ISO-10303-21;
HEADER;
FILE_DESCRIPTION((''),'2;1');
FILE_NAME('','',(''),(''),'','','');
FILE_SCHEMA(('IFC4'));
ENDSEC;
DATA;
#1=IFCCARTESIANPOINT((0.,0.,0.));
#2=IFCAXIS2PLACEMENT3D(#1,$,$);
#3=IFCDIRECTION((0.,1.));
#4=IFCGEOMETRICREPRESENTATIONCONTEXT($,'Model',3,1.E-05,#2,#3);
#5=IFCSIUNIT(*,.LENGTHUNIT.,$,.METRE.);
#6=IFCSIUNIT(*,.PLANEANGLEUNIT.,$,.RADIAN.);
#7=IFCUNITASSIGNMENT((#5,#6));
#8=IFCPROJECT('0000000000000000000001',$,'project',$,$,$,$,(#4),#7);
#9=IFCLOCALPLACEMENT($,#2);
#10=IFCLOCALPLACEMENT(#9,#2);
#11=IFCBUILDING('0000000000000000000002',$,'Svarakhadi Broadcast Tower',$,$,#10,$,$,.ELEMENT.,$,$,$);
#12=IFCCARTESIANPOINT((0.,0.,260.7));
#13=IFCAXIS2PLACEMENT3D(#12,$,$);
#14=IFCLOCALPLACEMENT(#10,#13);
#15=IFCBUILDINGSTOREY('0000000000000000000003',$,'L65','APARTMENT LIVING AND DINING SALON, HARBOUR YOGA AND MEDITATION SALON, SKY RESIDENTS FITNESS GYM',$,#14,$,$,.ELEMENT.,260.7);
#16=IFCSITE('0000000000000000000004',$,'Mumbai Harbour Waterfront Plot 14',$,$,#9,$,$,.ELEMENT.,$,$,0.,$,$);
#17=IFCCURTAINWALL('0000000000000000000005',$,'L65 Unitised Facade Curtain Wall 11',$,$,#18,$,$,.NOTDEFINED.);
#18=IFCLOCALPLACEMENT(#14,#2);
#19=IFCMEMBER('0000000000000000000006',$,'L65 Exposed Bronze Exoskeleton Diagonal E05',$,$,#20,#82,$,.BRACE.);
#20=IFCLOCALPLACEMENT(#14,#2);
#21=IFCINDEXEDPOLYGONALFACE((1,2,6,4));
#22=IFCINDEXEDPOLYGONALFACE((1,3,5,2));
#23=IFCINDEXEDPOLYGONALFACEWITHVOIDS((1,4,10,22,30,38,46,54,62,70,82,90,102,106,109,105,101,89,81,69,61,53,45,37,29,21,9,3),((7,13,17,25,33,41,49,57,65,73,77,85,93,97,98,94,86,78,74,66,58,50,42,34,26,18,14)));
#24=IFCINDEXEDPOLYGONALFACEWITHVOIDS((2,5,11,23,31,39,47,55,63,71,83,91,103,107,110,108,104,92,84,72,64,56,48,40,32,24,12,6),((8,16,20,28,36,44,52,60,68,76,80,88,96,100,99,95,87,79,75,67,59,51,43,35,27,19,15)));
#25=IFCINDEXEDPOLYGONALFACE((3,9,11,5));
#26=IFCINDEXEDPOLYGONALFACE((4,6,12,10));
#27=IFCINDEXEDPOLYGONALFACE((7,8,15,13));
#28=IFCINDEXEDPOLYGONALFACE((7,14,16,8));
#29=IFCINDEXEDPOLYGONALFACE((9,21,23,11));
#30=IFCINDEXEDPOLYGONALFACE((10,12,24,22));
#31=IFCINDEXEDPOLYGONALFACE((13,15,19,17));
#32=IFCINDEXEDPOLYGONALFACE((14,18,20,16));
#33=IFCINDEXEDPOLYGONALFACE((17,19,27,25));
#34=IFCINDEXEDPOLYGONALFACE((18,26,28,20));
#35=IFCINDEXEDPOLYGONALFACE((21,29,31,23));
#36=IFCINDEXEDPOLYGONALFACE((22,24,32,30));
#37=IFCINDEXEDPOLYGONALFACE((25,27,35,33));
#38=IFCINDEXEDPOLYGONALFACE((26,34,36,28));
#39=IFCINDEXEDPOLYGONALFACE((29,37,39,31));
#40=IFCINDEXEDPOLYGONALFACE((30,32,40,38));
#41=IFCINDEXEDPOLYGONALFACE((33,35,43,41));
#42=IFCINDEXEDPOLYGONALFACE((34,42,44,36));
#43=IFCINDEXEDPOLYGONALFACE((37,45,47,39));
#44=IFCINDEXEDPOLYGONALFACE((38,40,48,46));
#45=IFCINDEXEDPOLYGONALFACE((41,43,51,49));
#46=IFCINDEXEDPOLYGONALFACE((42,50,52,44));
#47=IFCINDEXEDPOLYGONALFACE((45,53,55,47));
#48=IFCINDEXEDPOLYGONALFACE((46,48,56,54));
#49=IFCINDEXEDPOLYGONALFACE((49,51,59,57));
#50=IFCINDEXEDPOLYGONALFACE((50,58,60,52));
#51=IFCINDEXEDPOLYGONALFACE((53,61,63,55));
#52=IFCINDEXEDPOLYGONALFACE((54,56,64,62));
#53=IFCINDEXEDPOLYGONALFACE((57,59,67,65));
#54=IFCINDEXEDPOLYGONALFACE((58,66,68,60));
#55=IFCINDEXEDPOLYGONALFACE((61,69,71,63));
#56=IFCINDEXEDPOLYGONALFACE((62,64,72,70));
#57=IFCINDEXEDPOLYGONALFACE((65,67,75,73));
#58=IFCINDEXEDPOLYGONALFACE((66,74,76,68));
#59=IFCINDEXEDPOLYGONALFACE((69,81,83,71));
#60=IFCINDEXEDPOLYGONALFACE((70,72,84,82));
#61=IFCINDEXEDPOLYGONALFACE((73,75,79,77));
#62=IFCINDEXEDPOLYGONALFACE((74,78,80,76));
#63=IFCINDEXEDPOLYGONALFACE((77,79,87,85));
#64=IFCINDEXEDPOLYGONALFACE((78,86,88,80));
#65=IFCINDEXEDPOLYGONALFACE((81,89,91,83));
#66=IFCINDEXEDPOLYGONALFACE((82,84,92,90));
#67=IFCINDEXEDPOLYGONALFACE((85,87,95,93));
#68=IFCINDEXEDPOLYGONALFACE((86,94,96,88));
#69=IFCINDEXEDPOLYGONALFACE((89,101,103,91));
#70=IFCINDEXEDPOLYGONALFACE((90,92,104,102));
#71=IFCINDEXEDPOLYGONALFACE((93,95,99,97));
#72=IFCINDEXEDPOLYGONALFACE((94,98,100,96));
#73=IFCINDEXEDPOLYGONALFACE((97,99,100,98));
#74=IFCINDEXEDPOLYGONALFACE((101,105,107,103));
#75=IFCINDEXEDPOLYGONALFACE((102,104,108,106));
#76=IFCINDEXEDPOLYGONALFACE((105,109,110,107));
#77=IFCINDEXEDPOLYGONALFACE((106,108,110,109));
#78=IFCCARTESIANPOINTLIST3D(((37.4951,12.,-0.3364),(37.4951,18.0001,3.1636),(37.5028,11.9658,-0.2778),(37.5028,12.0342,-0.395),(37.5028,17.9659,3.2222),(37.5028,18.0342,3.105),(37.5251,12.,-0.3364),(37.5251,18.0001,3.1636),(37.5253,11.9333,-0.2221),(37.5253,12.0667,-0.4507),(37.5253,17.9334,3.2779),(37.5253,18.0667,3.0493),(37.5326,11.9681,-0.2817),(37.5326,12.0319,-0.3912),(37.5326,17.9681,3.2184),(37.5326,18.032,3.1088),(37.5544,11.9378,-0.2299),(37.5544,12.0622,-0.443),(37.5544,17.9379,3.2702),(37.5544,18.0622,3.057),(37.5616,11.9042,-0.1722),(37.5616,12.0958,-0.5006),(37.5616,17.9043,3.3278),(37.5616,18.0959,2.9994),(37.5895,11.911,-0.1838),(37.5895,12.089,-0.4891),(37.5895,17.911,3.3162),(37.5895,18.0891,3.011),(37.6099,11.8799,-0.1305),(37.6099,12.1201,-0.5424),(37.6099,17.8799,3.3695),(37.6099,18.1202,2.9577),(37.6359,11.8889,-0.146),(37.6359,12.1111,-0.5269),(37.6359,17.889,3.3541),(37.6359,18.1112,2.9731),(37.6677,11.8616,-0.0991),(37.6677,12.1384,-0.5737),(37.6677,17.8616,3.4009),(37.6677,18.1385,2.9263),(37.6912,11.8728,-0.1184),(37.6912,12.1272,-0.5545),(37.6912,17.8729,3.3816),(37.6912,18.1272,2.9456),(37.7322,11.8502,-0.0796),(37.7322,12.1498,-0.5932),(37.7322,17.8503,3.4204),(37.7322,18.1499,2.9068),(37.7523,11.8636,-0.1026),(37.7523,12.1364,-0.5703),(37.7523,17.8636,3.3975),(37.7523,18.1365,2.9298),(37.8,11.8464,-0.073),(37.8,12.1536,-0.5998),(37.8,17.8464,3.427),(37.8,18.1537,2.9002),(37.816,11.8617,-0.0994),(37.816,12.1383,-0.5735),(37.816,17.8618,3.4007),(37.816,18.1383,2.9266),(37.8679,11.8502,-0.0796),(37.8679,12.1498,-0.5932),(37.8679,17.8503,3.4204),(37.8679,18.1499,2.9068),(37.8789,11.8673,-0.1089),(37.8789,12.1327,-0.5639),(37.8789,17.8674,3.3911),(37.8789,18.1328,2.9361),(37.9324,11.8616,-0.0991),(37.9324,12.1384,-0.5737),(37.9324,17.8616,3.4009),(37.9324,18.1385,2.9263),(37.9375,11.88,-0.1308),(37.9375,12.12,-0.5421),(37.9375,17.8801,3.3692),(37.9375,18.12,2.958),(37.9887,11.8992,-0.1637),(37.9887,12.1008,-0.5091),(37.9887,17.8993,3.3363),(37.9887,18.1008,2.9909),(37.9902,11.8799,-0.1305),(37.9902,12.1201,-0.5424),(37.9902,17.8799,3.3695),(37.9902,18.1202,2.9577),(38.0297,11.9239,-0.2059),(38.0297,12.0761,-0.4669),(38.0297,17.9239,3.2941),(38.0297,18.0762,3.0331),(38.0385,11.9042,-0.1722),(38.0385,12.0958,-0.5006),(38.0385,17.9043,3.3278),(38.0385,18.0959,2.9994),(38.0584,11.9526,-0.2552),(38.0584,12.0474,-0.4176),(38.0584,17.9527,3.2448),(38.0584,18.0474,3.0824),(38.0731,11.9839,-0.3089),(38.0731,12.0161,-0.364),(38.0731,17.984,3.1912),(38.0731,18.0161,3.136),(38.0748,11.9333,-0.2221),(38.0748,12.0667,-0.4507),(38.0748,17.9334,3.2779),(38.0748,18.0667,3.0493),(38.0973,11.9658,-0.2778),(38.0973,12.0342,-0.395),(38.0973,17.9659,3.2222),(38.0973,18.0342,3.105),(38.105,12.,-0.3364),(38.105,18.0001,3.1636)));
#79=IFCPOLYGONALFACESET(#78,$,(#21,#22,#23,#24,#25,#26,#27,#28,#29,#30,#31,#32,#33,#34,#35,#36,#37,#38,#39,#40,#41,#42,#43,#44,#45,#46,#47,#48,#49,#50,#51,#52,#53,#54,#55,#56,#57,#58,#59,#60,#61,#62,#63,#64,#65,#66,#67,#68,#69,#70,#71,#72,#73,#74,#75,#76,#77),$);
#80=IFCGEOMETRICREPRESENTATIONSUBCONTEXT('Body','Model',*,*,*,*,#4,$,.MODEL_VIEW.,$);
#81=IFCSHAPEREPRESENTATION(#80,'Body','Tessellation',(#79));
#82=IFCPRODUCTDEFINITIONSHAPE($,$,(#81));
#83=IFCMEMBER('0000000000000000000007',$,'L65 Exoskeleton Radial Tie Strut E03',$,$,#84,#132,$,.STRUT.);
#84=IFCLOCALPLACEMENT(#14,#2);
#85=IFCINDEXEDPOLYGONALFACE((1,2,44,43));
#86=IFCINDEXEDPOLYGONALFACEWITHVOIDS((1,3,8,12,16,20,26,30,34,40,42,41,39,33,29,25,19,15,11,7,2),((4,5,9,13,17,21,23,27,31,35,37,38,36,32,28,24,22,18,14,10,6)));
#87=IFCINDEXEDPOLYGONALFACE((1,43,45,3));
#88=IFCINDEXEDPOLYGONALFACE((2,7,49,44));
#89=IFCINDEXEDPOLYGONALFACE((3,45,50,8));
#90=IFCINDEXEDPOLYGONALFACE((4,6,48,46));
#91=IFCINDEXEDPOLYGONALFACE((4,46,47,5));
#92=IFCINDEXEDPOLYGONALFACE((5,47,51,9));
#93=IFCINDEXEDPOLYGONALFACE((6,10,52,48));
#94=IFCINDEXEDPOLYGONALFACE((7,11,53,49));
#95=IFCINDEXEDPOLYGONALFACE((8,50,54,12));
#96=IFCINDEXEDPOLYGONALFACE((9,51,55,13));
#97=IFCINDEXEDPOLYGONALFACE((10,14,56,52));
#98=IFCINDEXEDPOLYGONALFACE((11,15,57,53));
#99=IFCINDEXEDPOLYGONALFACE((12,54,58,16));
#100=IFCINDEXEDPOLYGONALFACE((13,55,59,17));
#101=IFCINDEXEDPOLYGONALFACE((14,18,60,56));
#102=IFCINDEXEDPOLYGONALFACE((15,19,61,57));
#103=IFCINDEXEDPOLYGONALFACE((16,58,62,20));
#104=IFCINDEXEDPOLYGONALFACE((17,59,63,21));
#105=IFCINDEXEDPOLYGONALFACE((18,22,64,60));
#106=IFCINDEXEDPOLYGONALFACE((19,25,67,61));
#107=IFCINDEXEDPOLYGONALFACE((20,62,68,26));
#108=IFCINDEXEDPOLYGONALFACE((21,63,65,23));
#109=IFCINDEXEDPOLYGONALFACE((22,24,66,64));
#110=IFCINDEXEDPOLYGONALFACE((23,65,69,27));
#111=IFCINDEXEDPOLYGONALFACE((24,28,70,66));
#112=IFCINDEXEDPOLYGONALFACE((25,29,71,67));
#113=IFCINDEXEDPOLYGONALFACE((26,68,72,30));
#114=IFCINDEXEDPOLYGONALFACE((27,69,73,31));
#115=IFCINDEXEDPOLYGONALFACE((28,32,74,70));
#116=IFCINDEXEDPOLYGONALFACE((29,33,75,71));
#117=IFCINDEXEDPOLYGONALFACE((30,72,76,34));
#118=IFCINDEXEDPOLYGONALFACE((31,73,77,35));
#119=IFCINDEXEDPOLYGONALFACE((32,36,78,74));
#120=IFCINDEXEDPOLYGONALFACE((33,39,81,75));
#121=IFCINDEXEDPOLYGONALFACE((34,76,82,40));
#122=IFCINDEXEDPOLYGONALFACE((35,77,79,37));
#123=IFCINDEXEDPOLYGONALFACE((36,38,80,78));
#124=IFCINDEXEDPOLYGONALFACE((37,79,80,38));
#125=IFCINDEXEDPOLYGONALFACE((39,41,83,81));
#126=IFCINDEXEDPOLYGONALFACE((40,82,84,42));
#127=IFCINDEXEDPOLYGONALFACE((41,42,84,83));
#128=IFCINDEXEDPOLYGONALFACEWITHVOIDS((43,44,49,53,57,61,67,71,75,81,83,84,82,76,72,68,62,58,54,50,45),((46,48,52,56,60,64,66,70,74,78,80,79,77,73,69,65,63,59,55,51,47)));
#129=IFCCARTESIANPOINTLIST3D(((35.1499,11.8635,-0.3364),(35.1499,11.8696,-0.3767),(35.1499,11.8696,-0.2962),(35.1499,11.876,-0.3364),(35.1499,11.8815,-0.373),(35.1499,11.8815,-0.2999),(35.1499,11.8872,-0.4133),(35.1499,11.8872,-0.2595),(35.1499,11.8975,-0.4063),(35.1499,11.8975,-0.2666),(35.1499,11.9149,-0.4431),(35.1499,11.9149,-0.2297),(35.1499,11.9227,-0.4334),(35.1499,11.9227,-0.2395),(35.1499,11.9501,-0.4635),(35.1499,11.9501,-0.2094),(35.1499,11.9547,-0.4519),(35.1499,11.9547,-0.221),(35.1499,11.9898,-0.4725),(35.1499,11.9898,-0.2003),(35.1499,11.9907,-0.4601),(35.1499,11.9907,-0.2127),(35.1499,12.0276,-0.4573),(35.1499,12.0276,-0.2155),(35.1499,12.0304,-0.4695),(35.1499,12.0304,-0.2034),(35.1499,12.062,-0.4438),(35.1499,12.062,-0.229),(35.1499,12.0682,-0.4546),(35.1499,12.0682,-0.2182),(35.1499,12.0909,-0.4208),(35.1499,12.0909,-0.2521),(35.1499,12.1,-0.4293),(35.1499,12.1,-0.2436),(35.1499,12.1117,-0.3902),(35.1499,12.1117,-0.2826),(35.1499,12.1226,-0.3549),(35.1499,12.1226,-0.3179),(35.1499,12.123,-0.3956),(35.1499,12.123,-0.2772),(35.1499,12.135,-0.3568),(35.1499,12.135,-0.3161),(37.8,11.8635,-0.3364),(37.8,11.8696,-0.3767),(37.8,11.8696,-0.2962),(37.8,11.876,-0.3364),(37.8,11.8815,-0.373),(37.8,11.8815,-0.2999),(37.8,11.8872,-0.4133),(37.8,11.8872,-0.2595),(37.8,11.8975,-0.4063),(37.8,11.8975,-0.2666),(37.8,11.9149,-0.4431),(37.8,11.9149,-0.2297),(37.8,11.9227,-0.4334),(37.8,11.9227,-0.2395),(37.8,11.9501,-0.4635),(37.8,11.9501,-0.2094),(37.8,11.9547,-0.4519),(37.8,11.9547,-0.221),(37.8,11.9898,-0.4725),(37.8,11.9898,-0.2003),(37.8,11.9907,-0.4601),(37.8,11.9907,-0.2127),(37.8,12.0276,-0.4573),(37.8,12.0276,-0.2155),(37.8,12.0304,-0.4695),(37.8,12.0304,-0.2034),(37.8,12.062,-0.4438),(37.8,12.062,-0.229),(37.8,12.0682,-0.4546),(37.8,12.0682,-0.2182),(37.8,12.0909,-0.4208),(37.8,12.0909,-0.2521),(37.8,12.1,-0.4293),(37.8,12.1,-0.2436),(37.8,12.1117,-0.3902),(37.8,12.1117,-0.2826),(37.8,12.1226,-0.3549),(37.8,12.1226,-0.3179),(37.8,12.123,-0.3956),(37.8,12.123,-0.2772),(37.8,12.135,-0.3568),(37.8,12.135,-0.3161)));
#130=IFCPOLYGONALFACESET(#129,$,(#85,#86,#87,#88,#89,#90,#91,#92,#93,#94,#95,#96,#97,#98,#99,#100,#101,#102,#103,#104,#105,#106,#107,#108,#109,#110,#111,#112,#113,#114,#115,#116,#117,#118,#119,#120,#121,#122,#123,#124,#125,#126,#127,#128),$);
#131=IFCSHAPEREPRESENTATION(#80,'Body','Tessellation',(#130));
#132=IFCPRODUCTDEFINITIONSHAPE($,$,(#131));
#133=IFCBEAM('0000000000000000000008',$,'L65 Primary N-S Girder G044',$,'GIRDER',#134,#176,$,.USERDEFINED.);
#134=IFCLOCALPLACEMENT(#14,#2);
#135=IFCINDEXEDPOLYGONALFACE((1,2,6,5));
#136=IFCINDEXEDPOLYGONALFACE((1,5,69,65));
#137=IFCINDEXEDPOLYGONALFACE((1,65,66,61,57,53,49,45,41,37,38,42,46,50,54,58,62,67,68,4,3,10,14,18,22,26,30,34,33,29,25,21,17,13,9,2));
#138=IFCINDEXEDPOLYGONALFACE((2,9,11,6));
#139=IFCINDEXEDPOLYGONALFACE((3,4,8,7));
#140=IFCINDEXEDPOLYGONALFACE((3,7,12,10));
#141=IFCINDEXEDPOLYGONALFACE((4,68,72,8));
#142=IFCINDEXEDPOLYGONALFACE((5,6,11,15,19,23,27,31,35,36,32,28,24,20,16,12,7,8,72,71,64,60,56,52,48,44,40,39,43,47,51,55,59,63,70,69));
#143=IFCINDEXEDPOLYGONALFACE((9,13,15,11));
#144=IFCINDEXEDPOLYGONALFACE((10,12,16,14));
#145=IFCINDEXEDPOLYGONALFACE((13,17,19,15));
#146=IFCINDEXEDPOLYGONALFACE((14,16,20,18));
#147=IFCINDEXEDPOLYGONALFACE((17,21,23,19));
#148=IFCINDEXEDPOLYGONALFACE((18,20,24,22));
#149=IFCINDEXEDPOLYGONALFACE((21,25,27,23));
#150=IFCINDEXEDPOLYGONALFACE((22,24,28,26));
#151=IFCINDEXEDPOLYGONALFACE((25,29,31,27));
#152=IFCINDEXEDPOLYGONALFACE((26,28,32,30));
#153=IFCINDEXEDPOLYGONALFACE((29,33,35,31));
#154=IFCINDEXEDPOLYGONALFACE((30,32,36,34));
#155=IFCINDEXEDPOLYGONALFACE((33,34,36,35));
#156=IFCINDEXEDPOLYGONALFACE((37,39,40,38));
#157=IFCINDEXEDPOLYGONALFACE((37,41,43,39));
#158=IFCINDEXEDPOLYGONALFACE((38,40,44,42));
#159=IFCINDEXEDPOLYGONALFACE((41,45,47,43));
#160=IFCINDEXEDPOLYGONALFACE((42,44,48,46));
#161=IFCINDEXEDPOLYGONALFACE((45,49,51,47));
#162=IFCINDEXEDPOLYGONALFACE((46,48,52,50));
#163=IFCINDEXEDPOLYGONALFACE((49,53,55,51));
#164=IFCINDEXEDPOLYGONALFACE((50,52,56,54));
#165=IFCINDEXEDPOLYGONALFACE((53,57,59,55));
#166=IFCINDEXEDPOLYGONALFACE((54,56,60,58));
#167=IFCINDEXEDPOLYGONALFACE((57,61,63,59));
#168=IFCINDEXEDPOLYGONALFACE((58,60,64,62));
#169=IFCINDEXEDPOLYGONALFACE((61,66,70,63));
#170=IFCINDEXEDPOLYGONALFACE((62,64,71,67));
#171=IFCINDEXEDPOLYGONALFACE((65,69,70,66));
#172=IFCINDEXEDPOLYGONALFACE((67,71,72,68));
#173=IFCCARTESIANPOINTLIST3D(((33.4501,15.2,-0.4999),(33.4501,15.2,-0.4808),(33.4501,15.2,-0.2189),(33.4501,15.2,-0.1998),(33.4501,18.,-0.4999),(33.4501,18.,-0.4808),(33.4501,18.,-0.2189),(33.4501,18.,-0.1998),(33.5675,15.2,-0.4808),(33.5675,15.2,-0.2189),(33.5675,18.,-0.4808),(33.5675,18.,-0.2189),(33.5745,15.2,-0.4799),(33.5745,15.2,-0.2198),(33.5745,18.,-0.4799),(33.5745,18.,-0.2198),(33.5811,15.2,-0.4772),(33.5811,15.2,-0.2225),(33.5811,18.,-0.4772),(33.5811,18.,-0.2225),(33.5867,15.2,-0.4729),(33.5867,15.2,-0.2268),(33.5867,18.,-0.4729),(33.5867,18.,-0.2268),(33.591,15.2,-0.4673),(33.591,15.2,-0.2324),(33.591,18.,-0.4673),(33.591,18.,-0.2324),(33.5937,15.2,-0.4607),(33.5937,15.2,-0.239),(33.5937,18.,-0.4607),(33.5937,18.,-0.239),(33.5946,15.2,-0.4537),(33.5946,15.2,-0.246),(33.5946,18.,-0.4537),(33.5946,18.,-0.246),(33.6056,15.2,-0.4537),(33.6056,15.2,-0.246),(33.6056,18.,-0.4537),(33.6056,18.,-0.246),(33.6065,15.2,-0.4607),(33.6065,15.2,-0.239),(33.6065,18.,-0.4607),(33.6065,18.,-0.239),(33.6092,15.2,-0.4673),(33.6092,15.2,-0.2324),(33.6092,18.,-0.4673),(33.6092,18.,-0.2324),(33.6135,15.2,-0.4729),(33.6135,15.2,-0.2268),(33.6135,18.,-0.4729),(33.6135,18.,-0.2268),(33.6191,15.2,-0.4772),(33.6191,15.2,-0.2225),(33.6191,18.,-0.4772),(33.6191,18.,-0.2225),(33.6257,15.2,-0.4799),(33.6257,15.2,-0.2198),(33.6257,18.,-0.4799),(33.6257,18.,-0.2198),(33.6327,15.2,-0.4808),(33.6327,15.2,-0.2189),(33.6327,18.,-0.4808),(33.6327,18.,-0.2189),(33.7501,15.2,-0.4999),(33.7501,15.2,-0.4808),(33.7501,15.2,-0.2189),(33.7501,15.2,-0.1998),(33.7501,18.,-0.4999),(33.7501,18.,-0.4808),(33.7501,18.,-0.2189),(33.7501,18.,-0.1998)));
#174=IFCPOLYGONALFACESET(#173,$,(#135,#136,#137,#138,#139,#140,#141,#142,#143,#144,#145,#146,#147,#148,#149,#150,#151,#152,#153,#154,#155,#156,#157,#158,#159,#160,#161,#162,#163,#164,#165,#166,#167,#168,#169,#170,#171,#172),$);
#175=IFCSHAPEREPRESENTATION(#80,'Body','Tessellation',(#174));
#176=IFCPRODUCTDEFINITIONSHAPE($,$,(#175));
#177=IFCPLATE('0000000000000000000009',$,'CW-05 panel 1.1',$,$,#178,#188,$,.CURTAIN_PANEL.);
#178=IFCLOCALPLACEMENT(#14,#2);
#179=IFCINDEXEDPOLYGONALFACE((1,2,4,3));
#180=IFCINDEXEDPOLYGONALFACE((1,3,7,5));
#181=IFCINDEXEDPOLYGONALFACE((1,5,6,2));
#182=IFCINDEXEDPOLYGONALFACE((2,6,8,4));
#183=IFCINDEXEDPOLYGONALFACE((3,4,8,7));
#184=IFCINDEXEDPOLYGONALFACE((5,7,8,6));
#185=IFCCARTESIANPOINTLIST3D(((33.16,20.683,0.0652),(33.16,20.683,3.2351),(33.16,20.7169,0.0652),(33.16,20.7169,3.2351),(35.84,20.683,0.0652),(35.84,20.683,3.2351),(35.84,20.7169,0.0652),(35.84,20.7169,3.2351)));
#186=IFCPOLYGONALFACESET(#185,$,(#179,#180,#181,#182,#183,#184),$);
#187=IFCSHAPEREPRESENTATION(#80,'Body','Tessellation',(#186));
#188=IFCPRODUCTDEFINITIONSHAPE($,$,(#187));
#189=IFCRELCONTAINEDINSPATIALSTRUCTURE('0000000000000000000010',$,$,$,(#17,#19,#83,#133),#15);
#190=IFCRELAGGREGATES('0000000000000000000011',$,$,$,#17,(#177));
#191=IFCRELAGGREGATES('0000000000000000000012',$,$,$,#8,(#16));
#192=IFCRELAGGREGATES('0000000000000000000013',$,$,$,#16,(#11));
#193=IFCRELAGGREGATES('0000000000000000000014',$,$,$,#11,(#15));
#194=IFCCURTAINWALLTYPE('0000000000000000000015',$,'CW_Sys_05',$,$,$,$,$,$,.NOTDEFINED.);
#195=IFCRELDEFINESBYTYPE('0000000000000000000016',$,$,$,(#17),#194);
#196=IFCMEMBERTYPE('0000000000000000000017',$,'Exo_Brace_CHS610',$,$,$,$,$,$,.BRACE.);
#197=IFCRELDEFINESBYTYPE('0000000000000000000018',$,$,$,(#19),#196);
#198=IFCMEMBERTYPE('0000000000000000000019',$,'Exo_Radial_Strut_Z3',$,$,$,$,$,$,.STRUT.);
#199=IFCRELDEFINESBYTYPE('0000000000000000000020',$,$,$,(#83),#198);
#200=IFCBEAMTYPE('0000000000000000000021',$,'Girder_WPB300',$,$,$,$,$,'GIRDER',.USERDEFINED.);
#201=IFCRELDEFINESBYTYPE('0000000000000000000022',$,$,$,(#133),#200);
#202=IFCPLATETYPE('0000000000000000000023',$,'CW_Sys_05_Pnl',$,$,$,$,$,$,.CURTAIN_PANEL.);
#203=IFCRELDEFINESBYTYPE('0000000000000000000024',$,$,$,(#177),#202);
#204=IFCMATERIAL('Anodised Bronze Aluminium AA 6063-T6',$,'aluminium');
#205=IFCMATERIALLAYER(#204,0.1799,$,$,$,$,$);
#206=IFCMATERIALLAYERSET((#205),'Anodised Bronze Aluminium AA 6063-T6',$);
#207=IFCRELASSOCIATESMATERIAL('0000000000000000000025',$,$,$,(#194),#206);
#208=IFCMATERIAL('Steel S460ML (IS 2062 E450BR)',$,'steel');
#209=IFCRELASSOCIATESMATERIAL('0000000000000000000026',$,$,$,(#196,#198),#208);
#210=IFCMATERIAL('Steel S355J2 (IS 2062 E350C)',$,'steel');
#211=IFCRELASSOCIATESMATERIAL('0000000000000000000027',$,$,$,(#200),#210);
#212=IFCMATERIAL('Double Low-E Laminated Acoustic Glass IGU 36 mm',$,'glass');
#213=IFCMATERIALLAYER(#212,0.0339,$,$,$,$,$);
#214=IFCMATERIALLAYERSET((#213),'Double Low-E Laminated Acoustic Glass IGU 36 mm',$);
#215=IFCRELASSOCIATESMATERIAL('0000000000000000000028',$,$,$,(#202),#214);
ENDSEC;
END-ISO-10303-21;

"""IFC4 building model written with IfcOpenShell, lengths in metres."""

from ifc_helpers import new_model, si_unit, direction, frame, origin, origin_2d, place, context, subcontext, project, spatial, rectangle, hollow_circle, i_section, extrude, material, layer, layer_set, material_profile, profile_set, type_object, element, aggregate, save


model = new_model("IFC4")

# Units and contexts
model_context = context("Model", 3, precision=1e-05, world=origin(), true_north=direction((0.0, 1.0)))
body_context = subcontext(model_context, "Body", "Model", "MODEL_VIEW")
ifc_project = project(units=[si_unit("LENGTHUNIT", "METRE"), si_unit("PLANEANGLEUNIT", "RADIAN")], contexts=[model_context])

# Site, building, storey
site_placement = place(None, origin())
site = spatial("IfcSite", under=ifc_project, at=site_placement, Name="Mumbai Harbour Waterfront Plot 14", CompositionType="ELEMENT", RefElevation=0.0)
building_placement = place(site_placement, origin())
building = spatial("IfcBuilding", under=site, at=building_placement, Name="Svarakhadi Broadcast Tower", CompositionType="ELEMENT")
storey_placement = place(building_placement, frame((0.0, 0.0, 260.7)))
storey = spatial("IfcBuildingStorey", under=building, at=storey_placement, Name="L65", Description="APARTMENT LIVING AND DINING SALON, HARBOUR YOGA AND MEDITATION SALON, SKY RESIDENTS FITNESS GYM", CompositionType="ELEMENT", Elevation=260.7)

# Shared definitions
ifc_material_1 = material(Name="Steel S460ML (IS 2062 E450BR)", Category="steel")

# Curtain wall
ifc_material_2 = material(Name="Anodised Bronze Aluminium AA 6063-T6", Category="aluminium")
ifc_layer_1 = layer(ifc_material_2, 0.1799)
ifc_layer_set_1 = layer_set([ifc_layer_1], Name="Anodised Bronze Aluminium AA 6063-T6")
curtain_wall_type = type_object("IfcCurtainWallType", Name="CW_Sys_05", PredefinedType="NOTDEFINED", material=ifc_layer_set_1)
curtain_wall_1_placement = place(storey_placement, origin())
curtain_wall_1 = element("IfcCurtainWall", 1, at=curtain_wall_1_placement, inside=storey, type_object=curtain_wall_type, Name="L65 Unitised Facade Curtain Wall 11", PredefinedType="NOTDEFINED")

# Members
ifc_material_profile_1 = material_profile(ifc_material_1, hollow_circle(Radius=0.3049, WallThickness=0.03, at=origin_2d()), Name="CHS 610x30")
ifc_profile_set_1 = profile_set([ifc_material_profile_1], Name="Steel S460ML (IS 2062 E450BR)")
member_type_1 = type_object("IfcMemberType", Name="Exo_Brace_CHS610", PredefinedType="BRACE", material=ifc_profile_set_1)
for number, where, z_axis, x_axis, name in (
    (2, (37.8, 12.0, -0.3364), (0.0, 0.863779, 0.503871), (-1.0, 0.0, 0.0), "L65 Exposed Bronze Exoskeleton Diagonal E05"),
):
    element("IfcMember", number, at=place(storey_placement, frame(where, z_axis=z_axis, x_axis=x_axis)), inside=storey, type_object=member_type_1, Name=name, PredefinedType="BRACE", context=body_context, shape_type="SweptSolid", body=[
        extrude(hollow_circle(Radius=0.3049, WallThickness=0.03, at=origin_2d()), origin(), (0.0, 0.0, 1.0), 6.9463),
    ])
ifc_material_profile_2 = material_profile(ifc_material_1, hollow_circle(Radius=0.1365, WallThickness=0.0125, at=origin_2d()), Name="CHS 273x12.5")
ifc_profile_set_2 = profile_set([ifc_material_profile_2], Name="Steel S460ML (IS 2062 E450BR)")
member_type_2 = type_object("IfcMemberType", Name="Exo_Radial_Strut_Z3", PredefinedType="STRUT", material=ifc_profile_set_2)
member_1_placement = place(storey_placement, frame((37.8, 12.0, -0.3364), z_axis=(-1.0, 0.0, 0.0), x_axis=(0.0, -1.0, 0.0)))
element("IfcMember", 3, at=member_1_placement, inside=storey, type_object=member_type_2, Name="L65 Exoskeleton Radial Tie Strut E03", PredefinedType="STRUT", context=body_context, shape_type="SweptSolid", body=[
    extrude(hollow_circle(Radius=0.1365, WallThickness=0.0125, at=origin_2d()), origin(), (0.0, 0.0, 1.0), 2.6501),
])

# Beam
ifc_material_3 = material(Name="Steel S355J2 (IS 2062 E350C)", Category="steel")
ifc_material_profile_3 = material_profile(ifc_material_3, i_section(OverallWidth=0.3, OverallDepth=0.3, WebThickness=0.011, FlangeThickness=0.019, FilletRadius=0.0271, at=origin_2d()), Name="WPB 300x300x117")
ifc_profile_set_3 = profile_set([ifc_material_profile_3], Name="Steel S355J2 (IS 2062 E350C)")
beam_type = type_object("IfcBeamType", Name="Girder_WPB300", ElementType="GIRDER", PredefinedType="USERDEFINED", material=ifc_profile_set_3)
beam_placement = place(storey_placement, frame((33.6001, 15.2, -0.3499), z_axis=(0.0, 1.0, 0.0), x_axis=(-1.0, 0.0, 0.0)))
element("IfcBeam", 4, at=beam_placement, inside=storey, type_object=beam_type, Name="L65 Primary N-S Girder G044", ObjectType="GIRDER", PredefinedType="USERDEFINED", context=body_context, shape_type="SweptSolid", body=[
    extrude(i_section(OverallWidth=0.3, OverallDepth=0.3, WebThickness=0.011, FlangeThickness=0.019, FilletRadius=0.0271, at=origin_2d()), origin(), (0.0, 0.0, 1.0), 2.8),
])

# Plate
ifc_material_4 = material(Name="Double Low-E Laminated Acoustic Glass IGU 36 mm", Category="glass")
ifc_layer_2 = layer(ifc_material_4, 0.0339)
ifc_layer_set_2 = layer_set([ifc_layer_2], Name="Double Low-E Laminated Acoustic Glass IGU 36 mm")
plate_type_1 = type_object("IfcPlateType", Name="CW_Sys_05_Pnl", PredefinedType="CURTAIN_PANEL", material=ifc_layer_set_2)
plate_1_placement = place(storey_placement, frame((34.5, 20.7, 0.0652), z_axis=(0.0, 0.0, 1.0), x_axis=(1.0, 0.0, 0.0)))
plate_1 = element("IfcPlate", 5, at=plate_1_placement, type_object=plate_type_1, Name="CW-05 panel 1.1", PredefinedType="CURTAIN_PANEL", context=body_context, shape_type="SweptSolid", body=[
    extrude(rectangle(XDim=2.6799, YDim=0.0339, at=origin_2d()), origin(), (0.0, 0.0, 1.0), 3.1699),
])
aggregate(curtain_wall_1, [plate_1])

save(model, "model.ifc")
